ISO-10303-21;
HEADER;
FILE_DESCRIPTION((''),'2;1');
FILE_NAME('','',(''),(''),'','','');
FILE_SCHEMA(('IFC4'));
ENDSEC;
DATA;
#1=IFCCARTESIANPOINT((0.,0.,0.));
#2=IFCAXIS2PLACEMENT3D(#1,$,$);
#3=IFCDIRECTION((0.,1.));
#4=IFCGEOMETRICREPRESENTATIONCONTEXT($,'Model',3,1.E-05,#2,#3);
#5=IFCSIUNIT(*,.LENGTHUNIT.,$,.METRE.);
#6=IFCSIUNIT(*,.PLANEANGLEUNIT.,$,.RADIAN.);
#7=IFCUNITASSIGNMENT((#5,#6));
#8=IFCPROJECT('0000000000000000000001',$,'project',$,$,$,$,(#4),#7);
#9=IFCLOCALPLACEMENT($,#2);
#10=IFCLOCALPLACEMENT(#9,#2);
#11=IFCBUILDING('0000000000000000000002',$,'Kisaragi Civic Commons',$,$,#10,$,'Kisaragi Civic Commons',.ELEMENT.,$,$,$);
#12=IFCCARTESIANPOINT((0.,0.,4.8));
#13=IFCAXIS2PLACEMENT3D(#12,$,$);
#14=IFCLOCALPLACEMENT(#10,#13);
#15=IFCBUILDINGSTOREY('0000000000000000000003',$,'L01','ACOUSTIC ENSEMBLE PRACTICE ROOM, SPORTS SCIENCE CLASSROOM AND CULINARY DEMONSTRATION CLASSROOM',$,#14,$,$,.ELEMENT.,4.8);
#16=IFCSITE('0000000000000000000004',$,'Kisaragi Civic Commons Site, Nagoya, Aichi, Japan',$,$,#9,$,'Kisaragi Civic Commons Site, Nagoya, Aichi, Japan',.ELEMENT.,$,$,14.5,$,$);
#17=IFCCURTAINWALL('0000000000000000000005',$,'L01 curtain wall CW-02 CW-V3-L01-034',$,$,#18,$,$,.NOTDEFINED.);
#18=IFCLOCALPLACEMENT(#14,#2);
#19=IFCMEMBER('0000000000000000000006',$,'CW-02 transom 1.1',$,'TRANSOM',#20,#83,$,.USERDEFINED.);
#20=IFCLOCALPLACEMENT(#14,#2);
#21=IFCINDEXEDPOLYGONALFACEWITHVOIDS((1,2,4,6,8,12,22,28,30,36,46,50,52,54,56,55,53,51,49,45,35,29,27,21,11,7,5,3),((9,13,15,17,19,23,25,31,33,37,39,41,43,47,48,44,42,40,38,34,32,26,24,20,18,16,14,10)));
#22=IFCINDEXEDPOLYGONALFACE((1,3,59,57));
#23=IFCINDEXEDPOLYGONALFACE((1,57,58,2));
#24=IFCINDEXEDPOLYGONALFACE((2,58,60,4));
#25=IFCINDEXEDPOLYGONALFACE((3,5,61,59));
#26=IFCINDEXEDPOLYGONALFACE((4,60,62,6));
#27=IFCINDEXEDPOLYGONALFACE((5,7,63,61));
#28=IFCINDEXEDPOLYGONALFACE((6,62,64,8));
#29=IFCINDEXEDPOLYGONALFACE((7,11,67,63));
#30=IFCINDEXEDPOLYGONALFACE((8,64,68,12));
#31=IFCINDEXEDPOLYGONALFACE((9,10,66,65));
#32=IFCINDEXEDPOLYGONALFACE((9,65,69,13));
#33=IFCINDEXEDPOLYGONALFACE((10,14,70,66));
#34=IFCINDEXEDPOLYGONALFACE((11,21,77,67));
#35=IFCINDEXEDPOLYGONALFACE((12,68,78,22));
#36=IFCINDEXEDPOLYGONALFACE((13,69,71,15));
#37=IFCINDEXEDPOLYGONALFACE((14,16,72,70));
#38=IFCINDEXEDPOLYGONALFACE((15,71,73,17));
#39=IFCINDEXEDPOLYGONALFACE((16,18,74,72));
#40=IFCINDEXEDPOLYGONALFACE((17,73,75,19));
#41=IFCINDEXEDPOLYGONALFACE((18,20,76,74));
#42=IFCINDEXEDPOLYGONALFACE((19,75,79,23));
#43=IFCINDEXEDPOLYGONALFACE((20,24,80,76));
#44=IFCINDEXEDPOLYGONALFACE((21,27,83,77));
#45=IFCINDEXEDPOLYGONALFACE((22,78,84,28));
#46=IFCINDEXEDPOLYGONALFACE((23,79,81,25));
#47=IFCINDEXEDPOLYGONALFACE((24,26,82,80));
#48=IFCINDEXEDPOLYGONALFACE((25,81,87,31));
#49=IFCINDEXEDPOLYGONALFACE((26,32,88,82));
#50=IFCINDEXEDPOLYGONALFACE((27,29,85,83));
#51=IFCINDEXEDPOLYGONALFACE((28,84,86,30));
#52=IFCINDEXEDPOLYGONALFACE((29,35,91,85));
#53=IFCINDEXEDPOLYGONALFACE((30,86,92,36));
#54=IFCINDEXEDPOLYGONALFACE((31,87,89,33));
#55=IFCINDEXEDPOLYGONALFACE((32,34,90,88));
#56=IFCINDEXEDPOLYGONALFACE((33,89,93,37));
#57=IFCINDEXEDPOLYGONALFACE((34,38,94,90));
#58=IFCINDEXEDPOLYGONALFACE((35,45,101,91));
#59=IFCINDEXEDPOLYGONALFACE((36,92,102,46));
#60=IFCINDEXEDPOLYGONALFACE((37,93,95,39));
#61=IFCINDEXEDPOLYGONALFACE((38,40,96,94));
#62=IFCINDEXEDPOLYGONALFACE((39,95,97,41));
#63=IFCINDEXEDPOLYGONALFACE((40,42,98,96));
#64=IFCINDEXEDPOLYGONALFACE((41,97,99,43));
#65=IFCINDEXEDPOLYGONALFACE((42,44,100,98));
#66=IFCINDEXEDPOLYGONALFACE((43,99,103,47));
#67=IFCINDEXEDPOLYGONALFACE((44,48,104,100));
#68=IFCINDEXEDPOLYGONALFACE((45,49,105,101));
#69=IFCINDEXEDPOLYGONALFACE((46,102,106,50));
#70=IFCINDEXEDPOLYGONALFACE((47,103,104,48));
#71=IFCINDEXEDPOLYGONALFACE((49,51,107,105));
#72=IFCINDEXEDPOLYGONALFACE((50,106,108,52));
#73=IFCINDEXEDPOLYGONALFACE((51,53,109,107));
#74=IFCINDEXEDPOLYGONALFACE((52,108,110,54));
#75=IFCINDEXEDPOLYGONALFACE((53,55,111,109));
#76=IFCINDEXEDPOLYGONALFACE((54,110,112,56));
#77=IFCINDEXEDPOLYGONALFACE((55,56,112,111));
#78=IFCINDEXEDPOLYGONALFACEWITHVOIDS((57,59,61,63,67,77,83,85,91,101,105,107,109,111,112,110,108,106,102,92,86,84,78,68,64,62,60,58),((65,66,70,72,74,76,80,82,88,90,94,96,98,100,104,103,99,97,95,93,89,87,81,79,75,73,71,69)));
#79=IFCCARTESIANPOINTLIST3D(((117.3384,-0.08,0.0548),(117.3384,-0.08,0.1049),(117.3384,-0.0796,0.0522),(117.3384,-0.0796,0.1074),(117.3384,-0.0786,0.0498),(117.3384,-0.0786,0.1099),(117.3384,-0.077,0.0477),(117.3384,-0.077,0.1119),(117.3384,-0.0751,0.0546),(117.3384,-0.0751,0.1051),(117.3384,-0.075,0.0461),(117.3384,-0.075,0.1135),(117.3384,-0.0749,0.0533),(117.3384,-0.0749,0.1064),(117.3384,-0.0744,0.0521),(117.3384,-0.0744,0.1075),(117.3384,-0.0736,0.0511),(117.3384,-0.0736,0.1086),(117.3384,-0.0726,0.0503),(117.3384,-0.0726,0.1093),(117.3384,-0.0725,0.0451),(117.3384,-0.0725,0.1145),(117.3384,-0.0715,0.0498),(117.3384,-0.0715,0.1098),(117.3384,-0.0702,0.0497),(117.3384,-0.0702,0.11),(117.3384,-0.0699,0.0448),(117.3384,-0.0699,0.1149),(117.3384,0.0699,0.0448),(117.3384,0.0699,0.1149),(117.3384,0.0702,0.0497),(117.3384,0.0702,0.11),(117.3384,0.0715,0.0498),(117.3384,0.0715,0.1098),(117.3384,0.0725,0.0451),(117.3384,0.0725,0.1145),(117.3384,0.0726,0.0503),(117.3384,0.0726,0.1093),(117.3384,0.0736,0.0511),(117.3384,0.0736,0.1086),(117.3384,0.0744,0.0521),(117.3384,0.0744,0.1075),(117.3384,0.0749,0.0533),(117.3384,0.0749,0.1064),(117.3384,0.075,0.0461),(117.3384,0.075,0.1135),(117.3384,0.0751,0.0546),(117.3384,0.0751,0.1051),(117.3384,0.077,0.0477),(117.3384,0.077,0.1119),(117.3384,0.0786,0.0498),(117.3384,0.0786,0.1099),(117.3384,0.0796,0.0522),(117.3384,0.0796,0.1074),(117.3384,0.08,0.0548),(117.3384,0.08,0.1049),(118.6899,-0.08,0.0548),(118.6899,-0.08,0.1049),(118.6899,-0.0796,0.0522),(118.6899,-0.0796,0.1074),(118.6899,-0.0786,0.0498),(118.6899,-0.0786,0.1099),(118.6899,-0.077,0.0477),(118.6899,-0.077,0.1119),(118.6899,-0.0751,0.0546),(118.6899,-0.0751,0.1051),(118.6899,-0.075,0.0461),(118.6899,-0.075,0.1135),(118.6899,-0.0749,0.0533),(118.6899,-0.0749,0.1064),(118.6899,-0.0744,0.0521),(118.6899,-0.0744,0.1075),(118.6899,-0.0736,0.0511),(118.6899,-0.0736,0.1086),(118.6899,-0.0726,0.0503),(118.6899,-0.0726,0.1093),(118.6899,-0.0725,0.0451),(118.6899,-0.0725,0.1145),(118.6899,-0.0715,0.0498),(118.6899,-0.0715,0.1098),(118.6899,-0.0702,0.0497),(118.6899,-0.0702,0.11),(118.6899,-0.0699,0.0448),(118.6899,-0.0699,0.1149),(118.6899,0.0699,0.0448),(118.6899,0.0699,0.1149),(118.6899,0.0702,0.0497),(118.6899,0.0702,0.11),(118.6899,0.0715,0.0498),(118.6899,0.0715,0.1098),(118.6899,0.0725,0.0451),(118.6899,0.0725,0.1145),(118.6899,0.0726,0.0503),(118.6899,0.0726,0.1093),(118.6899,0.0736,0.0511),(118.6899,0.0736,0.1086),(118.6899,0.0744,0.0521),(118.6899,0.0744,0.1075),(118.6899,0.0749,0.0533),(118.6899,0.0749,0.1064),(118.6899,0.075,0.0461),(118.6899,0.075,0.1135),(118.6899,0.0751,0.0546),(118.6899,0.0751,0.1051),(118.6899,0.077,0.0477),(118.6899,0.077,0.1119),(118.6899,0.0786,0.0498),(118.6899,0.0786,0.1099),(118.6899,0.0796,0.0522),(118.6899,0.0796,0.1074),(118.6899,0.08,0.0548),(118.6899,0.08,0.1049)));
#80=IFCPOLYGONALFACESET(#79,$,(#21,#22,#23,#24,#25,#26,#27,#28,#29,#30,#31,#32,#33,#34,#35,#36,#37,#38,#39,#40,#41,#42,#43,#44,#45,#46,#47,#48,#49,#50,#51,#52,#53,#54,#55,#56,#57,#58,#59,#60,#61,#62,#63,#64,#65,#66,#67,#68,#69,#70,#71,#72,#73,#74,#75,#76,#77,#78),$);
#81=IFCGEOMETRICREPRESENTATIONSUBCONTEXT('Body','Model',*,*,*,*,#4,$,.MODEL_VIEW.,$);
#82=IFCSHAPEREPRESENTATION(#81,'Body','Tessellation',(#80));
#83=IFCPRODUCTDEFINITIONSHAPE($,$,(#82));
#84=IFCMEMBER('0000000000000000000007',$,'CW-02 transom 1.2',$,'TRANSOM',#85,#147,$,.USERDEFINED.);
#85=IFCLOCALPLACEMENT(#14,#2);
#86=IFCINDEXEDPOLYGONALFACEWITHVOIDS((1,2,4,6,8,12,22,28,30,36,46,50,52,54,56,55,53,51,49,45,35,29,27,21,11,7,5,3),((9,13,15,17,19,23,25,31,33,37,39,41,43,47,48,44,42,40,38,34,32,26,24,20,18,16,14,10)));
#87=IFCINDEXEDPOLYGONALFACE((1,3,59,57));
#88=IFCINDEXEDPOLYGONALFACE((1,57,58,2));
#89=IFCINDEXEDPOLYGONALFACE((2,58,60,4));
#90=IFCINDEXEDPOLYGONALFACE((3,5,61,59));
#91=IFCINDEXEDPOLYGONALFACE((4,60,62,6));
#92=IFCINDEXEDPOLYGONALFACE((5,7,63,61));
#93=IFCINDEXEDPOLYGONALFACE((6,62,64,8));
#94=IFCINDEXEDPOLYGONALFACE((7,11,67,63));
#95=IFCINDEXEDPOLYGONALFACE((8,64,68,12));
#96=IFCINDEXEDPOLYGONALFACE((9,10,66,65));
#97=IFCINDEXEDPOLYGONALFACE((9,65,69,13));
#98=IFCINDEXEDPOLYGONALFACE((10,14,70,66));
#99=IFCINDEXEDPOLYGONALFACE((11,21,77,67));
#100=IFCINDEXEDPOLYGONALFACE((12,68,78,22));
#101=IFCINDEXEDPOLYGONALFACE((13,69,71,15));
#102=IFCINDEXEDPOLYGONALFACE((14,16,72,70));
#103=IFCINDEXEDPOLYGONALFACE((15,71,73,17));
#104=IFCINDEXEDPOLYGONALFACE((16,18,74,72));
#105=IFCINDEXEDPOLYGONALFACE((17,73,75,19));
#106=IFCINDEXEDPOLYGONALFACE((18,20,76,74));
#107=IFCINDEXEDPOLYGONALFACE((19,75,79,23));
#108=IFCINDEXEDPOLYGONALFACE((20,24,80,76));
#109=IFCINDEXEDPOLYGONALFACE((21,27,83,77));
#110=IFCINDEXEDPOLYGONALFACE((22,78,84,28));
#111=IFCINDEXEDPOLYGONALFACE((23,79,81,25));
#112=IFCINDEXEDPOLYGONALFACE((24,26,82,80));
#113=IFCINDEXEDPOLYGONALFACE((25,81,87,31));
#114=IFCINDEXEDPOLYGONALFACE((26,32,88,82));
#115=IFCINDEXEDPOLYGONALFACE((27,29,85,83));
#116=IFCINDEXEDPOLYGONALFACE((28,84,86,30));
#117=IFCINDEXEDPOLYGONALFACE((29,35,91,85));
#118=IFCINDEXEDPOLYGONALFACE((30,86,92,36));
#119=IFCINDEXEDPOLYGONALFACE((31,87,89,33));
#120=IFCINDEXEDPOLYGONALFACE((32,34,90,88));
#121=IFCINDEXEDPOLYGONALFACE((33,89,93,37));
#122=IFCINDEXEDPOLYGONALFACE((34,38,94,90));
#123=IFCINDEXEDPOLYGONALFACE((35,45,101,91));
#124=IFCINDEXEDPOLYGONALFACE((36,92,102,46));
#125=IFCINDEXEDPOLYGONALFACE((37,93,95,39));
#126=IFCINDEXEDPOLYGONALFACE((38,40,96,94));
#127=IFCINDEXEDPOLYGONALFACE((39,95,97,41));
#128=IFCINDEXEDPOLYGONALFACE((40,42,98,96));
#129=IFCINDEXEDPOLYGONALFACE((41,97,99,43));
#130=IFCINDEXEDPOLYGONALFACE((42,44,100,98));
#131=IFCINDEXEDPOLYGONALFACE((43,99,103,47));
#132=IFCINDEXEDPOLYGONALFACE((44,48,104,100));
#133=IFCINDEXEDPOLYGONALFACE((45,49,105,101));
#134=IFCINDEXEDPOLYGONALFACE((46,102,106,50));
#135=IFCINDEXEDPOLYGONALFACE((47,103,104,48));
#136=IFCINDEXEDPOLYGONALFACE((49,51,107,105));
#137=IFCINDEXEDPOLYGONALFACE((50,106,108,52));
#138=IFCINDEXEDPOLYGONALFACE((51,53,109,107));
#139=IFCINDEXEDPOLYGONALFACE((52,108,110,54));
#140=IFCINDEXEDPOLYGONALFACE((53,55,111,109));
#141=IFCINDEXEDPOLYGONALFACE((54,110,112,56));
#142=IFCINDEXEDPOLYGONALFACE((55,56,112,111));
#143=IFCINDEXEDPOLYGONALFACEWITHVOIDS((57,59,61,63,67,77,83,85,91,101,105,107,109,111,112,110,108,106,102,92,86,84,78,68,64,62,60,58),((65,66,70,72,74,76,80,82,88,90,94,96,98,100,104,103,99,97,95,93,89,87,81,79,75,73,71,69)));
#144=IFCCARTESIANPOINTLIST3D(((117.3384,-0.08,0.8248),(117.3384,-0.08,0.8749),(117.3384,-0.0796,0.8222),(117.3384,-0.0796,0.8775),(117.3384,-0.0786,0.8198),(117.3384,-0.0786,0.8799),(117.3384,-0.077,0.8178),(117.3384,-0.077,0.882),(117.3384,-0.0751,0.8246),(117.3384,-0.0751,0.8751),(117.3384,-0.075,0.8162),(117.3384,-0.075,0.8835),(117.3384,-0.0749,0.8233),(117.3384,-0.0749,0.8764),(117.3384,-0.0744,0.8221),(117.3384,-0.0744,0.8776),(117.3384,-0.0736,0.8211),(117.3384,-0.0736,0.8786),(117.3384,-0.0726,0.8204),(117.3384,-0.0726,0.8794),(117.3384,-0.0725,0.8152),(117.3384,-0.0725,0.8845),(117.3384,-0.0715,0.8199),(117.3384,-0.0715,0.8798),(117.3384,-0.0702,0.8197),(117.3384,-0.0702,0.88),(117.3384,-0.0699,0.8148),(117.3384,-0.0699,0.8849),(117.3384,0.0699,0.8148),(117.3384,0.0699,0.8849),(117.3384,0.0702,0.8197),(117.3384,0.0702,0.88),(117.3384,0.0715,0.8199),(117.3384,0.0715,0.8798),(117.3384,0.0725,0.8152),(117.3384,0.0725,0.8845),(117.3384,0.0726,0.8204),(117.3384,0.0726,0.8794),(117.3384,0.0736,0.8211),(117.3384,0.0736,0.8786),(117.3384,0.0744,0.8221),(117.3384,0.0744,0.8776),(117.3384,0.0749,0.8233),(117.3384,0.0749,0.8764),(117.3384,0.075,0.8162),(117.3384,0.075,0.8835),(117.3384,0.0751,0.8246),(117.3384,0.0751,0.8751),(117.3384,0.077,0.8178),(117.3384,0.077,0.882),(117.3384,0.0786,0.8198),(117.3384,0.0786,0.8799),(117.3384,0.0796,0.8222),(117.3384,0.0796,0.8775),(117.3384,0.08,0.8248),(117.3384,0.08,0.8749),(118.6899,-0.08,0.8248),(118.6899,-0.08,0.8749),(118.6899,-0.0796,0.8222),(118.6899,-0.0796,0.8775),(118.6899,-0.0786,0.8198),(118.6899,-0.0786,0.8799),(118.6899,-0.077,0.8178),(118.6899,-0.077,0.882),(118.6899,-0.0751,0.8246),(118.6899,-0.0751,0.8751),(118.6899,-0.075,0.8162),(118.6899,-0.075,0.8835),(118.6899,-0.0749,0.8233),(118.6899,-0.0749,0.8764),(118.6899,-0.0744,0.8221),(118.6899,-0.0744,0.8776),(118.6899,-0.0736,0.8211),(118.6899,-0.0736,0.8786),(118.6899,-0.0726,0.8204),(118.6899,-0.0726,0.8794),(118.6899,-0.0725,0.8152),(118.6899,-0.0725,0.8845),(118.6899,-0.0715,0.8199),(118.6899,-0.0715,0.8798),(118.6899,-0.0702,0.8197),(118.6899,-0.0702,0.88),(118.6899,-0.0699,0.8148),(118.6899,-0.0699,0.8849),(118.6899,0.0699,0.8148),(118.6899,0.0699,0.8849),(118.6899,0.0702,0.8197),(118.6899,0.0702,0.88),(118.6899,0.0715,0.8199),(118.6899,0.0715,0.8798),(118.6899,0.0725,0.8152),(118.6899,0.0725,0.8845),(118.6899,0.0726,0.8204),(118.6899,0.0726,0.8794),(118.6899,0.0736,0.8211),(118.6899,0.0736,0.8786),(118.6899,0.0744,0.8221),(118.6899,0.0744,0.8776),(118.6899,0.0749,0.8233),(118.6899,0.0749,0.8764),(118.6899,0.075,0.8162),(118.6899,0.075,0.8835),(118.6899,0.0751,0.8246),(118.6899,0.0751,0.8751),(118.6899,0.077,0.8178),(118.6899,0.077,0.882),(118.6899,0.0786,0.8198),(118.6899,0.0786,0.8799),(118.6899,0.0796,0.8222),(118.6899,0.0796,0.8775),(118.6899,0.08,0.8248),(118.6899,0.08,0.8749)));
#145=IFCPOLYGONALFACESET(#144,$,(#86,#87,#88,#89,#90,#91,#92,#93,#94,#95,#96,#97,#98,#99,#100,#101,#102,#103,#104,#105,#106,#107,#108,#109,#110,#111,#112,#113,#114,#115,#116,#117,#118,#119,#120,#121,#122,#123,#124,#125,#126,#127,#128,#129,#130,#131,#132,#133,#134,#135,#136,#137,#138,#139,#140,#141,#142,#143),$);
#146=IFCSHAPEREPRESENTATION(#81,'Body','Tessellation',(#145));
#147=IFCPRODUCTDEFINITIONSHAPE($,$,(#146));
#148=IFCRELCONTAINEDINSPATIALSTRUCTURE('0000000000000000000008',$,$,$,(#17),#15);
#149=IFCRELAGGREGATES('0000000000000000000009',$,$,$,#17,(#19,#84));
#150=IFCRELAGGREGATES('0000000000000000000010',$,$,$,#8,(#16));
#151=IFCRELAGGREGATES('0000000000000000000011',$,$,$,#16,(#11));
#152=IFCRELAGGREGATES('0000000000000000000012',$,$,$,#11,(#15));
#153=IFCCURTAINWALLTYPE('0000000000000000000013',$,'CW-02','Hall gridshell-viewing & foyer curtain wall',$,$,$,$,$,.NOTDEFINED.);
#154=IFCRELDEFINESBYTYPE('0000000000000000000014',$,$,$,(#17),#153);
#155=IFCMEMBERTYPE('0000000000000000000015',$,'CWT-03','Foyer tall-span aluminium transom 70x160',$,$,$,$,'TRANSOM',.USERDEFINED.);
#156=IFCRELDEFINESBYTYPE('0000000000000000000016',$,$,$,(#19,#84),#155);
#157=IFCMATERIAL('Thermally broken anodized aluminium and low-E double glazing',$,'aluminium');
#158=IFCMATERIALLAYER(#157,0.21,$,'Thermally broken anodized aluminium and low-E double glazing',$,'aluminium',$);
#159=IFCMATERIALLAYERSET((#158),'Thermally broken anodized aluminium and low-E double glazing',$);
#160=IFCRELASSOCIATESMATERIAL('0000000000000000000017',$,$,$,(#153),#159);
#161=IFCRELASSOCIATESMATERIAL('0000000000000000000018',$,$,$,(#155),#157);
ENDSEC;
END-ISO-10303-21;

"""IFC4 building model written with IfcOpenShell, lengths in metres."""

from ifc_helpers import new_model, si_unit, direction, frame, origin, origin_2d, place, context, subcontext, project, spatial, hollow_rectangle, extrude, material, layer, layer_set, material_profile, profile_set, type_object, element, aggregate, save


model = new_model("IFC4")

# Units and contexts
model_context = context("Model", 3, precision=1e-05, world=origin(), true_north=direction((0.0, 1.0)))
body_context = subcontext(model_context, "Body", "Model", "MODEL_VIEW")
ifc_project = project(units=[si_unit("LENGTHUNIT", "METRE"), si_unit("PLANEANGLEUNIT", "RADIAN")], contexts=[model_context])

# Site, building, storey
site_placement = place(None, origin())
site = spatial("IfcSite", under=ifc_project, at=site_placement, Name="Kisaragi Civic Commons Site, Nagoya, Aichi, Japan", LongName="Kisaragi Civic Commons Site, Nagoya, Aichi, Japan", CompositionType="ELEMENT", RefElevation=14.5)
building_placement = place(site_placement, origin())
building = spatial("IfcBuilding", under=site, at=building_placement, Name="Kisaragi Civic Commons", LongName="Kisaragi Civic Commons", CompositionType="ELEMENT")
storey_placement = place(building_placement, frame((0.0, 0.0, 4.8)))
storey = spatial("IfcBuildingStorey", under=building, at=storey_placement, Name="L01", Description="ACOUSTIC ENSEMBLE PRACTICE ROOM, SPORTS SCIENCE CLASSROOM AND CULINARY DEMONSTRATION CLASSROOM", CompositionType="ELEMENT", Elevation=4.8)

# Shared definitions
ifc_material = material(Name="Thermally broken anodized aluminium and low-E double glazing", Category="aluminium")
ifc_layer_1 = layer(ifc_material, 0.21, Name="Thermally broken anodized aluminium and low-E double glazing", Category="aluminium")
ifc_layer_set_1 = layer_set([ifc_layer_1], Name="Thermally broken anodized aluminium and low-E double glazing")
curtain_wall_type = type_object("IfcCurtainWallType", Name="CW-02", Description="Hall gridshell-viewing & foyer curtain wall", PredefinedType="NOTDEFINED", material=ifc_layer_set_1)

# Curtain wall
curtain_wall_1_placement = place(storey_placement, origin())
curtain_wall_1 = element("IfcCurtainWall", 1, at=curtain_wall_1_placement, inside=storey, type_object=curtain_wall_type, Name="L01 curtain wall CW-02 CW-V3-L01-034", PredefinedType="NOTDEFINED")

# Members
ifc_material_profile_1 = material_profile(ifc_material, hollow_rectangle(XDim=0.1599, YDim=0.0701, WallThickness=0.0049, InnerFilletRadius=0.0049, OuterFilletRadius=0.01, at=origin_2d()), Name="CWT-70x160x5", Category="aluminium")
ifc_profile_set_1 = profile_set([ifc_material_profile_1], Name="Thermally broken anodized aluminium and low-E double glazing")
member_type_1 = type_object("IfcMemberType", Name="CWT-03", Description="Foyer tall-span aluminium transom 70x160", ElementType="TRANSOM", PredefinedType="USERDEFINED", material=ifc_profile_set_1)
member_1_placement = place(storey_placement, frame((118.6899, 0.0, 0.0798), z_axis=(-1.0, 0.0, 0.0), x_axis=(0.0, -1.0, 0.0)))
member_1 = element("IfcMember", 2, at=member_1_placement, type_object=member_type_1, Name="CW-02 transom 1.1", ObjectType="TRANSOM", PredefinedType="USERDEFINED", context=body_context, shape_type="SweptSolid", body=[
    extrude(hollow_rectangle(XDim=0.1599, YDim=0.0701, WallThickness=0.0049, InnerFilletRadius=0.0049, OuterFilletRadius=0.01, at=origin_2d()), origin(), (0.0, 0.0, 1.0), 1.3516),
])
member_2_placement = place(storey_placement, frame((118.6899, 0.0, 0.8499), z_axis=(-1.0, 0.0, 0.0), x_axis=(0.0, -1.0, 0.0)))
member_2 = element("IfcMember", 3, at=member_2_placement, type_object=member_type_1, Name="CW-02 transom 1.2", ObjectType="TRANSOM", PredefinedType="USERDEFINED", context=body_context, shape_type="SweptSolid", body=[
    extrude(hollow_rectangle(XDim=0.1599, YDim=0.0701, WallThickness=0.0049, InnerFilletRadius=0.0049, OuterFilletRadius=0.01, at=origin_2d()), origin(), (0.0, 0.0, 1.0), 1.3516),
])

aggregate(curtain_wall_1, [member_1, member_2])

save(model, "model.ifc")
